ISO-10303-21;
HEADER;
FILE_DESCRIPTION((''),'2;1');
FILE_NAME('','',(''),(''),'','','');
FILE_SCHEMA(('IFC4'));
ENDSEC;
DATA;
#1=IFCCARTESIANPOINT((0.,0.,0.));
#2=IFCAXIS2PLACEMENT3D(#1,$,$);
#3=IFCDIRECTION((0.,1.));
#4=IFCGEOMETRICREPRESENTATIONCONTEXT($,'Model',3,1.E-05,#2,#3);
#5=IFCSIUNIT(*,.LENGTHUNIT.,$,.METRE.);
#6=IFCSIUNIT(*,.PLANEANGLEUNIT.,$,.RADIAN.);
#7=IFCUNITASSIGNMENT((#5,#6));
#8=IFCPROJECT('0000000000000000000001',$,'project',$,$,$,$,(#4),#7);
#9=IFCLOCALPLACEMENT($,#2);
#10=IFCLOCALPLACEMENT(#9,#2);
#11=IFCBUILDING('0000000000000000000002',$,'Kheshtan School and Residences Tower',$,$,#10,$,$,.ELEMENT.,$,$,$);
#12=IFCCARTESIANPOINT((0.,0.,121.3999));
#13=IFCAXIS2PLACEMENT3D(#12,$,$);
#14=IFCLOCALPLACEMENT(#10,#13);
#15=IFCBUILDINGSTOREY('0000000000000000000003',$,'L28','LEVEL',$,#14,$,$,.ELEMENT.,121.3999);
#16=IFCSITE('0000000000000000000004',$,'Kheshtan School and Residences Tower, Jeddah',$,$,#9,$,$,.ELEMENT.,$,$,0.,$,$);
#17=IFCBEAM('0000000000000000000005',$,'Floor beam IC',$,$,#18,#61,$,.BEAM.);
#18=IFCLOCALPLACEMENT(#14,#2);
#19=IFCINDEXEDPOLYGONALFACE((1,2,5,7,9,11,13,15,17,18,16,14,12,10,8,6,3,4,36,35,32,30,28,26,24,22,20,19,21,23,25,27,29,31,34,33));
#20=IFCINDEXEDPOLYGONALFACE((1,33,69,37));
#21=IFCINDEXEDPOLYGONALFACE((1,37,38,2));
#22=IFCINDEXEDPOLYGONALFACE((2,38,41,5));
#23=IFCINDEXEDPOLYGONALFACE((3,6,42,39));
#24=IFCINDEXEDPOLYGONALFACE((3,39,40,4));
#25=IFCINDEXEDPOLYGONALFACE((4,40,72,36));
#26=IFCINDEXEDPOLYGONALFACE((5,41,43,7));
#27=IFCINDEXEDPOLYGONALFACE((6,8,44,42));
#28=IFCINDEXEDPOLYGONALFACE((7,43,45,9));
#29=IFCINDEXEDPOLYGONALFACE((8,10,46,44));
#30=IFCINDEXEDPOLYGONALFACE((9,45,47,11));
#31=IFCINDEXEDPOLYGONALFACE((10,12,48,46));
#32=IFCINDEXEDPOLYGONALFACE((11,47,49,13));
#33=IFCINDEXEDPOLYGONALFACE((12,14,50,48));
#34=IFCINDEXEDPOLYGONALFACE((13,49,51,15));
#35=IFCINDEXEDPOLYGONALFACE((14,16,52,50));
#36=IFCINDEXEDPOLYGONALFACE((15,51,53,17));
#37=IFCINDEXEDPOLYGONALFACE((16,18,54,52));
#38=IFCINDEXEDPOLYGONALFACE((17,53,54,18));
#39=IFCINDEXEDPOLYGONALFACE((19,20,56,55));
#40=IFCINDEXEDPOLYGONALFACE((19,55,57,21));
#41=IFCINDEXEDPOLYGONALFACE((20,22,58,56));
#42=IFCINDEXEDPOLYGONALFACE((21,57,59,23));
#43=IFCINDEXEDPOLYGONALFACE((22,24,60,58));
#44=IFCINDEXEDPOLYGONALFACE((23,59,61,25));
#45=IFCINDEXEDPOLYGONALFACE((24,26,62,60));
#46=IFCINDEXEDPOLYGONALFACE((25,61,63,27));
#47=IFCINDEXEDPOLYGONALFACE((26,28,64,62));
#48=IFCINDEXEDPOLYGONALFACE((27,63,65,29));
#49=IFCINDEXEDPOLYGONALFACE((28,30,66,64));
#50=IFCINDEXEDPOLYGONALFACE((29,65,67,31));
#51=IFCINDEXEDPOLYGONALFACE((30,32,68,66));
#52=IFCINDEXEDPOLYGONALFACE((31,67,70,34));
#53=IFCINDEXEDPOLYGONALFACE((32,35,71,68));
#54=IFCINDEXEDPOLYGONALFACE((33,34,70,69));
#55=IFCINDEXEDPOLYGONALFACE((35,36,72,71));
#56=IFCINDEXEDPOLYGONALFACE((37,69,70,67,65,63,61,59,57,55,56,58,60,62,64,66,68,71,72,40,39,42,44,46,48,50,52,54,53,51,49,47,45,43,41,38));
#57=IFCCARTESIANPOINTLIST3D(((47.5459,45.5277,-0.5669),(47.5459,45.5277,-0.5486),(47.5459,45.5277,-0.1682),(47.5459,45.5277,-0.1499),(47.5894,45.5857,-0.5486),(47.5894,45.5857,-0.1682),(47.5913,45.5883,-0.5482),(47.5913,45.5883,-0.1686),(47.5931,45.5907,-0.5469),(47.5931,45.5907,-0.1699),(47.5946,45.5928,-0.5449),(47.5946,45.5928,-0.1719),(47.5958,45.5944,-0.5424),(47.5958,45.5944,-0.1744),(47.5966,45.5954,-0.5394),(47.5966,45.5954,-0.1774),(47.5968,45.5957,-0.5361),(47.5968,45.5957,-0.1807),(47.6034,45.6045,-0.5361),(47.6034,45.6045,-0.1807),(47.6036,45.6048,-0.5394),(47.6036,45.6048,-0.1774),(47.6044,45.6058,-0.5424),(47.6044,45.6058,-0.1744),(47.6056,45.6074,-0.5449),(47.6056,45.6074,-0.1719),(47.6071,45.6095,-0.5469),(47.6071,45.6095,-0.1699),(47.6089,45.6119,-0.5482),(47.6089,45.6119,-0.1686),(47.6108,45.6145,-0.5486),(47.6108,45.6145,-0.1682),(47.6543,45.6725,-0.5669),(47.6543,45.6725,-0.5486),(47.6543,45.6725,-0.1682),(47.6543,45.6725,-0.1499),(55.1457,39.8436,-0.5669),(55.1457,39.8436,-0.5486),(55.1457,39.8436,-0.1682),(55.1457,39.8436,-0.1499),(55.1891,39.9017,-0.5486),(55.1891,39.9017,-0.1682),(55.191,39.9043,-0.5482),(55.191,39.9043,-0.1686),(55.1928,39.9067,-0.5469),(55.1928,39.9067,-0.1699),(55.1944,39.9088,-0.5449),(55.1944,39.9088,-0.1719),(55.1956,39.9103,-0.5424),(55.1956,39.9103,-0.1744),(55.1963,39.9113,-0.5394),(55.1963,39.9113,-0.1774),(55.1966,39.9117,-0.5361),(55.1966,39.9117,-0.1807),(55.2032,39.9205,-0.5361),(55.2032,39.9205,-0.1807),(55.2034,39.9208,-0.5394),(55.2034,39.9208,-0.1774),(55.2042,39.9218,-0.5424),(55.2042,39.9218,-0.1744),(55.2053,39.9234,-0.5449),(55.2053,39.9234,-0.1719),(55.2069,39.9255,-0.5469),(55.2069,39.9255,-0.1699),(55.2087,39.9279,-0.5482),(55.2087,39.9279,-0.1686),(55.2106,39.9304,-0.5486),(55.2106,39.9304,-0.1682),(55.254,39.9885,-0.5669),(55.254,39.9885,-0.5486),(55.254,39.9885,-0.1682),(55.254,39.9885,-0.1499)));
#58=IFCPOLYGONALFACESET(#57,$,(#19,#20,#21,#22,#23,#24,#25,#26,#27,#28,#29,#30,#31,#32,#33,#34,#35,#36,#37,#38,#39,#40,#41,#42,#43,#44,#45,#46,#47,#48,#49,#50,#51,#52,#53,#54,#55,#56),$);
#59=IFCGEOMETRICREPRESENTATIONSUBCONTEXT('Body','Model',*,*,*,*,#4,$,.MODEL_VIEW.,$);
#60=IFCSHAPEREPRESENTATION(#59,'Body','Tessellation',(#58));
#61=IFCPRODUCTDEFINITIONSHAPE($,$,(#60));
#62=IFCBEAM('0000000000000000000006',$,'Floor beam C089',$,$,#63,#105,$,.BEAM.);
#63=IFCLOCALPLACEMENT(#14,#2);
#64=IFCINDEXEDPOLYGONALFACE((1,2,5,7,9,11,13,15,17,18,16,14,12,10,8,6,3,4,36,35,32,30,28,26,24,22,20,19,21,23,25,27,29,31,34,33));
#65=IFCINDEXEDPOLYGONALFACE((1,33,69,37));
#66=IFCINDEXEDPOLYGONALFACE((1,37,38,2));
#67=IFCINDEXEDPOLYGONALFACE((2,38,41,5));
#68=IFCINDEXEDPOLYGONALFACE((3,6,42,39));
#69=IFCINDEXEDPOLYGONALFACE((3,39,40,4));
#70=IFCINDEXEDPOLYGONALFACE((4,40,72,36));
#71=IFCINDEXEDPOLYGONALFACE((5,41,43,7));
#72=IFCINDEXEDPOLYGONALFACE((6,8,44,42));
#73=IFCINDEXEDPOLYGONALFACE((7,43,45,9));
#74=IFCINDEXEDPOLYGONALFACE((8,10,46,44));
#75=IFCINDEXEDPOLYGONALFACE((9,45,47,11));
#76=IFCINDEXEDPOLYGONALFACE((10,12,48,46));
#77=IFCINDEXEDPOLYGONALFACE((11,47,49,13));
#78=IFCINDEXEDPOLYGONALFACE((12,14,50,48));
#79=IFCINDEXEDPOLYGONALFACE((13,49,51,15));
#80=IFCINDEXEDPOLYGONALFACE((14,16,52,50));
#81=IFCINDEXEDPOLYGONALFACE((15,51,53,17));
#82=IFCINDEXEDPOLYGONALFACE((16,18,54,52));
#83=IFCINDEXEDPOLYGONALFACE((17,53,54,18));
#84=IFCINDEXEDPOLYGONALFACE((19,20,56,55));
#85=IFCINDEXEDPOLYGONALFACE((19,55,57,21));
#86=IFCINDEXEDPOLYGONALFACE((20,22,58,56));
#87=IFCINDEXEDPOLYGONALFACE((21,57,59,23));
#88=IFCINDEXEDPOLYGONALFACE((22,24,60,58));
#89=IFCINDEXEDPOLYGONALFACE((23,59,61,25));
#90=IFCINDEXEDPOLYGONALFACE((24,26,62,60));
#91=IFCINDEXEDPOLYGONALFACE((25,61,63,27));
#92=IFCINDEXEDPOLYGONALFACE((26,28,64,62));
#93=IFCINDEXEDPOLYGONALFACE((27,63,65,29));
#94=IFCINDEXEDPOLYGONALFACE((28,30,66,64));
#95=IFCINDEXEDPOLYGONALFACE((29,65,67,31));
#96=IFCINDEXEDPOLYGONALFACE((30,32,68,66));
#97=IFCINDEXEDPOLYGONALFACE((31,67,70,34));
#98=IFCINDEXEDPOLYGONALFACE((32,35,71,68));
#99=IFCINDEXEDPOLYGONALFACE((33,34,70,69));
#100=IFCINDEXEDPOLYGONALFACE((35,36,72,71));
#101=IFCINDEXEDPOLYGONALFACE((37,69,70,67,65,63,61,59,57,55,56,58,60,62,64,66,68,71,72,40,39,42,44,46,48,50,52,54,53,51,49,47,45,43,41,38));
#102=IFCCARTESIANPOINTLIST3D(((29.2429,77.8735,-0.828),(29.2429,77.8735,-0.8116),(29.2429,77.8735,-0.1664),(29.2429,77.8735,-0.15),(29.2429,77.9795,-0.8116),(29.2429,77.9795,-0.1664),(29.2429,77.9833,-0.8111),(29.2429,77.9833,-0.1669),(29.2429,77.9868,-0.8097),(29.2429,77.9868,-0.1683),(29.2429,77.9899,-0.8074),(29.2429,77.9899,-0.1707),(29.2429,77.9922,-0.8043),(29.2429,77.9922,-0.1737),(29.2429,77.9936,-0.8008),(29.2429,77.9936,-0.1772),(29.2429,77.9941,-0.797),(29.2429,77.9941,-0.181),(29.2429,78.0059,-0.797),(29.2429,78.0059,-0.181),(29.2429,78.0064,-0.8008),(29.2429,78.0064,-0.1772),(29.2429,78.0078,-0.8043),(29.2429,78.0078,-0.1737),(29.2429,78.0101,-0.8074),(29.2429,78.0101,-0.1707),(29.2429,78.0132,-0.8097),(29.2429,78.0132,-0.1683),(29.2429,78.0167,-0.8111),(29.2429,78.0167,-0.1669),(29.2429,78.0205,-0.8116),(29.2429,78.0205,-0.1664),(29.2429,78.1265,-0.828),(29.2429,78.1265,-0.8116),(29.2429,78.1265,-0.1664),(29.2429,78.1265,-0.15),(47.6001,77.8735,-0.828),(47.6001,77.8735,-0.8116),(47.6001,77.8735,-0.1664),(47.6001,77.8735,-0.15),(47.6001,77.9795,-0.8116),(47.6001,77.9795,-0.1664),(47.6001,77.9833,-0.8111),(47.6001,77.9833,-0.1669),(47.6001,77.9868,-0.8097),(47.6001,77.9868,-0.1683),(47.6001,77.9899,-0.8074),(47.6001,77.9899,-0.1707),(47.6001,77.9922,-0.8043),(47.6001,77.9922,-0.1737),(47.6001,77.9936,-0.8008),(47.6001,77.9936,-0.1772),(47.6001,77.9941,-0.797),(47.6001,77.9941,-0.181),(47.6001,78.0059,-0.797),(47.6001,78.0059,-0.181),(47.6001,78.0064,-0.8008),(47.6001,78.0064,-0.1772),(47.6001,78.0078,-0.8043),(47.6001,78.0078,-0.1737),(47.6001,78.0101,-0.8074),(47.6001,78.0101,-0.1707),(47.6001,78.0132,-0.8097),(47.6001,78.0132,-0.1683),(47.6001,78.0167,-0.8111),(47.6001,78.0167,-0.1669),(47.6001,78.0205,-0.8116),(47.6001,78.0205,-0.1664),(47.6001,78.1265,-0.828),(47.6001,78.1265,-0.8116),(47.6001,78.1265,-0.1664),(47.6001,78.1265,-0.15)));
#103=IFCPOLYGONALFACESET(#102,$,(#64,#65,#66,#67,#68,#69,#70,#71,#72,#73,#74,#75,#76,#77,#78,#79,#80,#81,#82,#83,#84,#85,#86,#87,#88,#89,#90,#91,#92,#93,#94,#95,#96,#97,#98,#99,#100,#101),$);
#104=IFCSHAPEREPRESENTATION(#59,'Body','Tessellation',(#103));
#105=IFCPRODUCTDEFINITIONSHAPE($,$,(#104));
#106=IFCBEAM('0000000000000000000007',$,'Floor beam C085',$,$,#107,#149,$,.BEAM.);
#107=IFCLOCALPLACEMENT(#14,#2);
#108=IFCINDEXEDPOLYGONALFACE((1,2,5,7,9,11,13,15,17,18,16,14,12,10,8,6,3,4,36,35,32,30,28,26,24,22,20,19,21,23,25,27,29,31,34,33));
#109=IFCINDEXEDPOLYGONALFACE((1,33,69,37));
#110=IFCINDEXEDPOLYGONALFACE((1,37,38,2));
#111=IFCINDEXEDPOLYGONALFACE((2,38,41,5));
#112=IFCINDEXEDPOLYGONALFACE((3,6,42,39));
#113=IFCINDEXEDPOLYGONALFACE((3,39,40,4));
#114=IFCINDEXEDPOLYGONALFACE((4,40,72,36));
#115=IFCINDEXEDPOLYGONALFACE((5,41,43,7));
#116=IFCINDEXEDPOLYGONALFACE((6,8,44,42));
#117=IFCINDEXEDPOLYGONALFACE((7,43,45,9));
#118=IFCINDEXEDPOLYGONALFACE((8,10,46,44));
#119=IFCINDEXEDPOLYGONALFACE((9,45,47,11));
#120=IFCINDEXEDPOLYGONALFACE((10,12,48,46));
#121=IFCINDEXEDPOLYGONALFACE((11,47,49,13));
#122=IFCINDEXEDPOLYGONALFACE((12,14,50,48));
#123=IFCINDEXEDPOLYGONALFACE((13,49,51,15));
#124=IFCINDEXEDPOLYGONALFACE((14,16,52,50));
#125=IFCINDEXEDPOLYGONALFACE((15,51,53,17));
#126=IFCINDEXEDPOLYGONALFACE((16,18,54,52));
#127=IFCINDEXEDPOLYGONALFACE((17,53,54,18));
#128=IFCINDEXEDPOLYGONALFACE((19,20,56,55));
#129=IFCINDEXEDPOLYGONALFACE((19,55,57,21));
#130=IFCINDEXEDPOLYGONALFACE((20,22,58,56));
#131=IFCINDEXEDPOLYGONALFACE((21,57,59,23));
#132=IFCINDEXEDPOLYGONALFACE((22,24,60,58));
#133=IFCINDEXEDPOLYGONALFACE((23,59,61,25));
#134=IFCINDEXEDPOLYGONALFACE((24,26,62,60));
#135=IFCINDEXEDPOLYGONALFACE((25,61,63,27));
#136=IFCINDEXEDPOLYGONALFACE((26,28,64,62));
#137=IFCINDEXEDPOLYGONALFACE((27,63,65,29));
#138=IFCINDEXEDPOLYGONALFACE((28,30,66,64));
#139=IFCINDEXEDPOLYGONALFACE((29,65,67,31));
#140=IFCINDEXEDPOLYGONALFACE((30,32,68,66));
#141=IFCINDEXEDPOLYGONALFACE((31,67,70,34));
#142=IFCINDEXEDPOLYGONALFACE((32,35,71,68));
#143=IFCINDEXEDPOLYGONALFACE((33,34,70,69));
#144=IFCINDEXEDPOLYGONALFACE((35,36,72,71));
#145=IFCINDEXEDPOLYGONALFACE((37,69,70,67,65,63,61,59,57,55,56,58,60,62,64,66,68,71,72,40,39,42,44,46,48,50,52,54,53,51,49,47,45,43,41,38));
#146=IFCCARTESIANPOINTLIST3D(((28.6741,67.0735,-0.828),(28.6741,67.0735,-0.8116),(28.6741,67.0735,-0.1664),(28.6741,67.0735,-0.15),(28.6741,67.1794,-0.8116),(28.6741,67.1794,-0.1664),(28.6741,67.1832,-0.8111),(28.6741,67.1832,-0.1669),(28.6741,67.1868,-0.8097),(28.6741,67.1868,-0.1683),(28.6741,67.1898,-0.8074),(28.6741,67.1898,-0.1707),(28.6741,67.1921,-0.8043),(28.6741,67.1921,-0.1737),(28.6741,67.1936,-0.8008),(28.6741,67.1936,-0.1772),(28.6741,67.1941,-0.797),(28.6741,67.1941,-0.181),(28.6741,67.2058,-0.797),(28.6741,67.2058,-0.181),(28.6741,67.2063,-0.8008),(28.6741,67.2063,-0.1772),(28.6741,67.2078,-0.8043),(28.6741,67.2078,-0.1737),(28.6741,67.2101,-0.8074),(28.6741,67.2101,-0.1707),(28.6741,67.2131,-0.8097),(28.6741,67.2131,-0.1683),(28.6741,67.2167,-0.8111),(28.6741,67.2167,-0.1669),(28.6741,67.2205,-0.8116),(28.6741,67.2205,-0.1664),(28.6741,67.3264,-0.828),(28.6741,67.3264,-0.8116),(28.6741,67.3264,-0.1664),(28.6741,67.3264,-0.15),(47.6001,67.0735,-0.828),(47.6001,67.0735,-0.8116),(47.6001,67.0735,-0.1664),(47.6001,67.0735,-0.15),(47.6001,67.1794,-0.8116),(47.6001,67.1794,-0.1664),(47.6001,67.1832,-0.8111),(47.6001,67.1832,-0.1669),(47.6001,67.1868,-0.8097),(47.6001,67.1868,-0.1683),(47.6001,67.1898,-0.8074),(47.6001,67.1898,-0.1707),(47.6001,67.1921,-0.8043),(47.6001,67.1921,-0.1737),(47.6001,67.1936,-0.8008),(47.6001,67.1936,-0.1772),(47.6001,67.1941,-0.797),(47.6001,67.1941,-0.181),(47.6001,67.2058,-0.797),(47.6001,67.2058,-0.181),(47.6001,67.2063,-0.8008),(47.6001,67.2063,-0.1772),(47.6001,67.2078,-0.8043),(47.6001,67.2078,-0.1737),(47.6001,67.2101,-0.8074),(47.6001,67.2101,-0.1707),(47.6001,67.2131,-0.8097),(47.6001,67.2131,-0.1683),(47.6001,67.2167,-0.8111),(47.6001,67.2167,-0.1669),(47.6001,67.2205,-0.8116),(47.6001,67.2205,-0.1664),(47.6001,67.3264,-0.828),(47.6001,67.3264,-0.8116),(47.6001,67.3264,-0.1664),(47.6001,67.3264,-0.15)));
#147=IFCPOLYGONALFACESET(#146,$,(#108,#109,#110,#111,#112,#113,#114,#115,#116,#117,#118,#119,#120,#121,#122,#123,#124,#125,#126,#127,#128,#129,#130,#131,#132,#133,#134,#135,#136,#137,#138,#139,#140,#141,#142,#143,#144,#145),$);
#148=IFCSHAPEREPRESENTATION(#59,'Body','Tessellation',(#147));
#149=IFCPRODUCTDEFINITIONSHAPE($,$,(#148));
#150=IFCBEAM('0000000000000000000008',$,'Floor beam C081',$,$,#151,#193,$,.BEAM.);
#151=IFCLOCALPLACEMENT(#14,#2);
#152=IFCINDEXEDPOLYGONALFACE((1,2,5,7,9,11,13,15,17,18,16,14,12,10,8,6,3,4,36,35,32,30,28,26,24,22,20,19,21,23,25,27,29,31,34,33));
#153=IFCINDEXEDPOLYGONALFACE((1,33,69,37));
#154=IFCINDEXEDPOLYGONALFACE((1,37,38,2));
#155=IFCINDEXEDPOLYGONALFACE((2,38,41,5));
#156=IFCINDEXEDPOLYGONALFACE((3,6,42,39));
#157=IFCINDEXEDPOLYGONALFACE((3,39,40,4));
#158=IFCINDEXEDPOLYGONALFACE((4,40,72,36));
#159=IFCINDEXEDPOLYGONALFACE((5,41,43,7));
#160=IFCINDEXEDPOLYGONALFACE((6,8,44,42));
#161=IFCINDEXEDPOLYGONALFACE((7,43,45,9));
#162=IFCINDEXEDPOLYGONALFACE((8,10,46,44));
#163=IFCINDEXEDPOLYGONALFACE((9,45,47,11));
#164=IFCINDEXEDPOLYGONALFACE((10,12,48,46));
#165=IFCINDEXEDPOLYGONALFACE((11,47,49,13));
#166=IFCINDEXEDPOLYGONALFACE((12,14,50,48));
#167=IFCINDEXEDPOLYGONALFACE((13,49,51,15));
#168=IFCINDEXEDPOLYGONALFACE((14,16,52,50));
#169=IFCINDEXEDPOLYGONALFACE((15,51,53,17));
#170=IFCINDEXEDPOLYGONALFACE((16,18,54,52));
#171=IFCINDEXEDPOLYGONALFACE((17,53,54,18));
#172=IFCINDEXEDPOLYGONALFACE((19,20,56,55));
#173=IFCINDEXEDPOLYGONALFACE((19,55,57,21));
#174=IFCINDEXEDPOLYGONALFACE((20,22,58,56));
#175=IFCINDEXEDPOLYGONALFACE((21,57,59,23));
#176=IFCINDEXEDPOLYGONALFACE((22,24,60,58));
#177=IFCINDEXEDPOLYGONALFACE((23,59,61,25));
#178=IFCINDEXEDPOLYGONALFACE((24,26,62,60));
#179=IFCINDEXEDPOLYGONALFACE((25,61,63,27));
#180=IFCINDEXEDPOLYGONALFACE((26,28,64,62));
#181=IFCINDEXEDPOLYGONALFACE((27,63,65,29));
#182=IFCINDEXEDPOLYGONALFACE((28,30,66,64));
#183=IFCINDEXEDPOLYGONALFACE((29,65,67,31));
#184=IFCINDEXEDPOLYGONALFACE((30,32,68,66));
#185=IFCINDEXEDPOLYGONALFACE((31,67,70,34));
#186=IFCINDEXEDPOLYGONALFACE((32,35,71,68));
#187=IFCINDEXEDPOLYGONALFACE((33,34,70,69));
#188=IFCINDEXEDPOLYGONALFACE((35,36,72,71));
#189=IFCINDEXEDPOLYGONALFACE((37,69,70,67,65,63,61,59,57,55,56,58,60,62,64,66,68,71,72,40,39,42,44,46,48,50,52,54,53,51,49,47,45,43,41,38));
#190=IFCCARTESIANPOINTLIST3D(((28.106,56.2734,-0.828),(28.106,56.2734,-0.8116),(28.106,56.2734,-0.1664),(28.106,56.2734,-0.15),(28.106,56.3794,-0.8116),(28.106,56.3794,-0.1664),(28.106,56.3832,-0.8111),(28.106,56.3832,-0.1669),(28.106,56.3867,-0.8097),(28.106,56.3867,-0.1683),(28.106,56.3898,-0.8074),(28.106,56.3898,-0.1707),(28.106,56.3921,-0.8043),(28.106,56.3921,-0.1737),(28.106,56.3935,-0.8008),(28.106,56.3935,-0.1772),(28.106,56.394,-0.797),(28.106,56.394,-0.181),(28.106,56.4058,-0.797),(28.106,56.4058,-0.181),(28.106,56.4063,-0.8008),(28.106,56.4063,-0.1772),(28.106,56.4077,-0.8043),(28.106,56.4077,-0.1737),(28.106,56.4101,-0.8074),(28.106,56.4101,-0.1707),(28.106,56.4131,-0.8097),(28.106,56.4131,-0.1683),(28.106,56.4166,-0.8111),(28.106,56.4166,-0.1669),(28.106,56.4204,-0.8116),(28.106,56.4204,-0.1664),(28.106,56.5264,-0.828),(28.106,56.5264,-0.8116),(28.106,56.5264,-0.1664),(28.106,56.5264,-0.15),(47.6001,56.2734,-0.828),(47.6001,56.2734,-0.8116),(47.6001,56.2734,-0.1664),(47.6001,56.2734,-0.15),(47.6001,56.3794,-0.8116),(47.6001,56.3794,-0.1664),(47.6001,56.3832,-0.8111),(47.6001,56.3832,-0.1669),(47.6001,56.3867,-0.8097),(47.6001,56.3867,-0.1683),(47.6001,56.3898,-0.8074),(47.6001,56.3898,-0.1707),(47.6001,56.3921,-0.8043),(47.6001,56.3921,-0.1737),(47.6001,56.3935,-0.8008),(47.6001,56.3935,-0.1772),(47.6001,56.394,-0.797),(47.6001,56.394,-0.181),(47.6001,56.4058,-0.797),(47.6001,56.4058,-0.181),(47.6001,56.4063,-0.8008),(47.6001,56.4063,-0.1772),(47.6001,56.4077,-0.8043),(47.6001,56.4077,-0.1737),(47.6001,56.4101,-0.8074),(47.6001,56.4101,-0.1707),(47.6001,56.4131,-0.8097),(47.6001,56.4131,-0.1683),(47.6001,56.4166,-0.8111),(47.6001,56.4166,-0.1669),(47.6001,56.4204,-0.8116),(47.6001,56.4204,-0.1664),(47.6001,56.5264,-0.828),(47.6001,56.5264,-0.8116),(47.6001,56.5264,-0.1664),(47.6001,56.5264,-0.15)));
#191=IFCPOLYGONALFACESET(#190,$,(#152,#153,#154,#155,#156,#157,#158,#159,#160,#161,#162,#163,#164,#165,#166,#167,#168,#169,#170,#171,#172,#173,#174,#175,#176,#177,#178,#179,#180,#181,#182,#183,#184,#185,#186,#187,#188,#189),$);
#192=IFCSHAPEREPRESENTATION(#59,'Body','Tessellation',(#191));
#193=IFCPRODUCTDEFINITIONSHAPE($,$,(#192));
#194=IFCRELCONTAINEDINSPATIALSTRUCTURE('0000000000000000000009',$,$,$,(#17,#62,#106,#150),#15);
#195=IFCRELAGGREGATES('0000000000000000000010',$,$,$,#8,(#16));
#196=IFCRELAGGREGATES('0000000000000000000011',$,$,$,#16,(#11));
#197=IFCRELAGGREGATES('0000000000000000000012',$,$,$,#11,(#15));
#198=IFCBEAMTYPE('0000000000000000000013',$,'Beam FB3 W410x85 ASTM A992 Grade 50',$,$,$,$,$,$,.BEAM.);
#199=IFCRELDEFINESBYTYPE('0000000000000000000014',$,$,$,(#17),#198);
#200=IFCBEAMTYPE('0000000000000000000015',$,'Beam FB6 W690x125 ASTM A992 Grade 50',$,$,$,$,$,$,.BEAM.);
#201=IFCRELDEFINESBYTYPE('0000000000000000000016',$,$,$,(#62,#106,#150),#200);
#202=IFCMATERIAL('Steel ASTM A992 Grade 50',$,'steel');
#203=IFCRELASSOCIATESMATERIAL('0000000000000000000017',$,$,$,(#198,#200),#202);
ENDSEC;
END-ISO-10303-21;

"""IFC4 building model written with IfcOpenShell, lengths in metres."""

from ifc_helpers import new_model, si_unit, direction, frame, origin, origin_2d, place, context, subcontext, project, spatial, i_section, extrude, material, material_profile, profile_set, type_object, element, save


model = new_model("IFC4")

# Units and contexts
model_context = context("Model", 3, precision=1e-05, world=origin(), true_north=direction((0.0, 1.0)))
body_context = subcontext(model_context, "Body", "Model", "MODEL_VIEW")
ifc_project = project(units=[si_unit("LENGTHUNIT", "METRE"), si_unit("PLANEANGLEUNIT", "RADIAN")], contexts=[model_context])

# Site, building, storey
site_placement = place(None, origin())
site = spatial("IfcSite", under=ifc_project, at=site_placement, Name="Kheshtan School and Residences Tower, Jeddah", CompositionType="ELEMENT", RefElevation=0.0)
building_placement = place(site_placement, origin())
building = spatial("IfcBuilding", under=site, at=building_placement, Name="Kheshtan School and Residences Tower", CompositionType="ELEMENT")
storey_placement = place(building_placement, frame((0.0, 0.0, 121.3999)))
storey = spatial("IfcBuildingStorey", under=building, at=storey_placement, Name="L28", Description="LEVEL", CompositionType="ELEMENT", Elevation=121.3999)

# Shared definitions
ifc_material_1 = material(Name="Steel ASTM A992 Grade 50", Category="steel")

# Beams
ifc_material_profile_1 = material_profile(ifc_material_1, i_section(OverallWidth=0.1809, OverallDepth=0.417, WebThickness=0.011, FlangeThickness=0.0183, FilletRadius=0.0125, at=origin_2d()), Name="W410x85")
ifc_profile_set_1 = profile_set([ifc_material_profile_1], Name="Steel ASTM A992 Grade 50")
beam_type_1 = type_object("IfcBeamType", Name="Beam FB3 W410x85 ASTM A992 Grade 50", PredefinedType="BEAM", material=ifc_profile_set_1)
beam_1_placement = place(storey_placement, frame((47.6001, 45.6001, -0.3584), z_axis=(0.800799, -0.598933, 0.0), x_axis=(0.598933, 0.800799, 0.0)))
element("IfcBeam", 1, at=beam_1_placement, inside=storey, type_object=beam_type_1, Name="Floor beam IC", PredefinedType="BEAM", context=body_context, shape_type="SweptSolid", body=[
    extrude(i_section(OverallWidth=0.1809, OverallDepth=0.417, WebThickness=0.011, FlangeThickness=0.0183, FilletRadius=0.0125, at=origin_2d()), origin(), (0.0, 0.0, 1.0), 9.4902),
])
ifc_material_profile_2 = material_profile(ifc_material_1, i_section(OverallWidth=0.2529, OverallDepth=0.678, WebThickness=0.0117, FlangeThickness=0.0164, FilletRadius=0.0146, at=origin_2d()), Name="W690x125")
ifc_profile_set_2 = profile_set([ifc_material_profile_2], Name="Steel ASTM A992 Grade 50")
beam_type_2 = type_object("IfcBeamType", Name="Beam FB6 W690x125 ASTM A992 Grade 50", PredefinedType="BEAM", material=ifc_profile_set_2)
beam_2_placement = place(storey_placement, frame((47.6001, 78.0, -0.489), z_axis=(-1.0, 0.0, 0.0), x_axis=(0.0, -1.0, 0.0)))
element("IfcBeam", 2, at=beam_2_placement, inside=storey, type_object=beam_type_2, Name="Floor beam C089", PredefinedType="BEAM", context=body_context, shape_type="SweptSolid", body=[
    extrude(i_section(OverallWidth=0.2529, OverallDepth=0.678, WebThickness=0.0117, FlangeThickness=0.0164, FilletRadius=0.0146, at=origin_2d()), origin(), (0.0, 0.0, 1.0), 18.3572),
])
beam_3_placement = place(storey_placement, frame((47.6001, 67.2, -0.489), z_axis=(-1.0, 0.0, 0.0), x_axis=(0.0, -1.0, 0.0)))
element("IfcBeam", 3, at=beam_3_placement, inside=storey, type_object=beam_type_2, Name="Floor beam C085", PredefinedType="BEAM", context=body_context, shape_type="SweptSolid", body=[
    extrude(i_section(OverallWidth=0.2529, OverallDepth=0.678, WebThickness=0.0117, FlangeThickness=0.0164, FilletRadius=0.0146, at=origin_2d()), origin(), (0.0, 0.0, 1.0), 18.926),
])
beam_4_placement = place(storey_placement, frame((47.6001, 56.3999, -0.489), z_axis=(-1.0, 0.0, 0.0), x_axis=(0.0, -1.0, 0.0)))
element("IfcBeam", 4, at=beam_4_placement, inside=storey, type_object=beam_type_2, Name="Floor beam C081", PredefinedType="BEAM", context=body_context, shape_type="SweptSolid", body=[
    extrude(i_section(OverallWidth=0.2529, OverallDepth=0.678, WebThickness=0.0117, FlangeThickness=0.0164, FilletRadius=0.0146, at=origin_2d()), origin(), (0.0, 0.0, 1.0), 19.4941),
])

save(model, "model.ifc")
